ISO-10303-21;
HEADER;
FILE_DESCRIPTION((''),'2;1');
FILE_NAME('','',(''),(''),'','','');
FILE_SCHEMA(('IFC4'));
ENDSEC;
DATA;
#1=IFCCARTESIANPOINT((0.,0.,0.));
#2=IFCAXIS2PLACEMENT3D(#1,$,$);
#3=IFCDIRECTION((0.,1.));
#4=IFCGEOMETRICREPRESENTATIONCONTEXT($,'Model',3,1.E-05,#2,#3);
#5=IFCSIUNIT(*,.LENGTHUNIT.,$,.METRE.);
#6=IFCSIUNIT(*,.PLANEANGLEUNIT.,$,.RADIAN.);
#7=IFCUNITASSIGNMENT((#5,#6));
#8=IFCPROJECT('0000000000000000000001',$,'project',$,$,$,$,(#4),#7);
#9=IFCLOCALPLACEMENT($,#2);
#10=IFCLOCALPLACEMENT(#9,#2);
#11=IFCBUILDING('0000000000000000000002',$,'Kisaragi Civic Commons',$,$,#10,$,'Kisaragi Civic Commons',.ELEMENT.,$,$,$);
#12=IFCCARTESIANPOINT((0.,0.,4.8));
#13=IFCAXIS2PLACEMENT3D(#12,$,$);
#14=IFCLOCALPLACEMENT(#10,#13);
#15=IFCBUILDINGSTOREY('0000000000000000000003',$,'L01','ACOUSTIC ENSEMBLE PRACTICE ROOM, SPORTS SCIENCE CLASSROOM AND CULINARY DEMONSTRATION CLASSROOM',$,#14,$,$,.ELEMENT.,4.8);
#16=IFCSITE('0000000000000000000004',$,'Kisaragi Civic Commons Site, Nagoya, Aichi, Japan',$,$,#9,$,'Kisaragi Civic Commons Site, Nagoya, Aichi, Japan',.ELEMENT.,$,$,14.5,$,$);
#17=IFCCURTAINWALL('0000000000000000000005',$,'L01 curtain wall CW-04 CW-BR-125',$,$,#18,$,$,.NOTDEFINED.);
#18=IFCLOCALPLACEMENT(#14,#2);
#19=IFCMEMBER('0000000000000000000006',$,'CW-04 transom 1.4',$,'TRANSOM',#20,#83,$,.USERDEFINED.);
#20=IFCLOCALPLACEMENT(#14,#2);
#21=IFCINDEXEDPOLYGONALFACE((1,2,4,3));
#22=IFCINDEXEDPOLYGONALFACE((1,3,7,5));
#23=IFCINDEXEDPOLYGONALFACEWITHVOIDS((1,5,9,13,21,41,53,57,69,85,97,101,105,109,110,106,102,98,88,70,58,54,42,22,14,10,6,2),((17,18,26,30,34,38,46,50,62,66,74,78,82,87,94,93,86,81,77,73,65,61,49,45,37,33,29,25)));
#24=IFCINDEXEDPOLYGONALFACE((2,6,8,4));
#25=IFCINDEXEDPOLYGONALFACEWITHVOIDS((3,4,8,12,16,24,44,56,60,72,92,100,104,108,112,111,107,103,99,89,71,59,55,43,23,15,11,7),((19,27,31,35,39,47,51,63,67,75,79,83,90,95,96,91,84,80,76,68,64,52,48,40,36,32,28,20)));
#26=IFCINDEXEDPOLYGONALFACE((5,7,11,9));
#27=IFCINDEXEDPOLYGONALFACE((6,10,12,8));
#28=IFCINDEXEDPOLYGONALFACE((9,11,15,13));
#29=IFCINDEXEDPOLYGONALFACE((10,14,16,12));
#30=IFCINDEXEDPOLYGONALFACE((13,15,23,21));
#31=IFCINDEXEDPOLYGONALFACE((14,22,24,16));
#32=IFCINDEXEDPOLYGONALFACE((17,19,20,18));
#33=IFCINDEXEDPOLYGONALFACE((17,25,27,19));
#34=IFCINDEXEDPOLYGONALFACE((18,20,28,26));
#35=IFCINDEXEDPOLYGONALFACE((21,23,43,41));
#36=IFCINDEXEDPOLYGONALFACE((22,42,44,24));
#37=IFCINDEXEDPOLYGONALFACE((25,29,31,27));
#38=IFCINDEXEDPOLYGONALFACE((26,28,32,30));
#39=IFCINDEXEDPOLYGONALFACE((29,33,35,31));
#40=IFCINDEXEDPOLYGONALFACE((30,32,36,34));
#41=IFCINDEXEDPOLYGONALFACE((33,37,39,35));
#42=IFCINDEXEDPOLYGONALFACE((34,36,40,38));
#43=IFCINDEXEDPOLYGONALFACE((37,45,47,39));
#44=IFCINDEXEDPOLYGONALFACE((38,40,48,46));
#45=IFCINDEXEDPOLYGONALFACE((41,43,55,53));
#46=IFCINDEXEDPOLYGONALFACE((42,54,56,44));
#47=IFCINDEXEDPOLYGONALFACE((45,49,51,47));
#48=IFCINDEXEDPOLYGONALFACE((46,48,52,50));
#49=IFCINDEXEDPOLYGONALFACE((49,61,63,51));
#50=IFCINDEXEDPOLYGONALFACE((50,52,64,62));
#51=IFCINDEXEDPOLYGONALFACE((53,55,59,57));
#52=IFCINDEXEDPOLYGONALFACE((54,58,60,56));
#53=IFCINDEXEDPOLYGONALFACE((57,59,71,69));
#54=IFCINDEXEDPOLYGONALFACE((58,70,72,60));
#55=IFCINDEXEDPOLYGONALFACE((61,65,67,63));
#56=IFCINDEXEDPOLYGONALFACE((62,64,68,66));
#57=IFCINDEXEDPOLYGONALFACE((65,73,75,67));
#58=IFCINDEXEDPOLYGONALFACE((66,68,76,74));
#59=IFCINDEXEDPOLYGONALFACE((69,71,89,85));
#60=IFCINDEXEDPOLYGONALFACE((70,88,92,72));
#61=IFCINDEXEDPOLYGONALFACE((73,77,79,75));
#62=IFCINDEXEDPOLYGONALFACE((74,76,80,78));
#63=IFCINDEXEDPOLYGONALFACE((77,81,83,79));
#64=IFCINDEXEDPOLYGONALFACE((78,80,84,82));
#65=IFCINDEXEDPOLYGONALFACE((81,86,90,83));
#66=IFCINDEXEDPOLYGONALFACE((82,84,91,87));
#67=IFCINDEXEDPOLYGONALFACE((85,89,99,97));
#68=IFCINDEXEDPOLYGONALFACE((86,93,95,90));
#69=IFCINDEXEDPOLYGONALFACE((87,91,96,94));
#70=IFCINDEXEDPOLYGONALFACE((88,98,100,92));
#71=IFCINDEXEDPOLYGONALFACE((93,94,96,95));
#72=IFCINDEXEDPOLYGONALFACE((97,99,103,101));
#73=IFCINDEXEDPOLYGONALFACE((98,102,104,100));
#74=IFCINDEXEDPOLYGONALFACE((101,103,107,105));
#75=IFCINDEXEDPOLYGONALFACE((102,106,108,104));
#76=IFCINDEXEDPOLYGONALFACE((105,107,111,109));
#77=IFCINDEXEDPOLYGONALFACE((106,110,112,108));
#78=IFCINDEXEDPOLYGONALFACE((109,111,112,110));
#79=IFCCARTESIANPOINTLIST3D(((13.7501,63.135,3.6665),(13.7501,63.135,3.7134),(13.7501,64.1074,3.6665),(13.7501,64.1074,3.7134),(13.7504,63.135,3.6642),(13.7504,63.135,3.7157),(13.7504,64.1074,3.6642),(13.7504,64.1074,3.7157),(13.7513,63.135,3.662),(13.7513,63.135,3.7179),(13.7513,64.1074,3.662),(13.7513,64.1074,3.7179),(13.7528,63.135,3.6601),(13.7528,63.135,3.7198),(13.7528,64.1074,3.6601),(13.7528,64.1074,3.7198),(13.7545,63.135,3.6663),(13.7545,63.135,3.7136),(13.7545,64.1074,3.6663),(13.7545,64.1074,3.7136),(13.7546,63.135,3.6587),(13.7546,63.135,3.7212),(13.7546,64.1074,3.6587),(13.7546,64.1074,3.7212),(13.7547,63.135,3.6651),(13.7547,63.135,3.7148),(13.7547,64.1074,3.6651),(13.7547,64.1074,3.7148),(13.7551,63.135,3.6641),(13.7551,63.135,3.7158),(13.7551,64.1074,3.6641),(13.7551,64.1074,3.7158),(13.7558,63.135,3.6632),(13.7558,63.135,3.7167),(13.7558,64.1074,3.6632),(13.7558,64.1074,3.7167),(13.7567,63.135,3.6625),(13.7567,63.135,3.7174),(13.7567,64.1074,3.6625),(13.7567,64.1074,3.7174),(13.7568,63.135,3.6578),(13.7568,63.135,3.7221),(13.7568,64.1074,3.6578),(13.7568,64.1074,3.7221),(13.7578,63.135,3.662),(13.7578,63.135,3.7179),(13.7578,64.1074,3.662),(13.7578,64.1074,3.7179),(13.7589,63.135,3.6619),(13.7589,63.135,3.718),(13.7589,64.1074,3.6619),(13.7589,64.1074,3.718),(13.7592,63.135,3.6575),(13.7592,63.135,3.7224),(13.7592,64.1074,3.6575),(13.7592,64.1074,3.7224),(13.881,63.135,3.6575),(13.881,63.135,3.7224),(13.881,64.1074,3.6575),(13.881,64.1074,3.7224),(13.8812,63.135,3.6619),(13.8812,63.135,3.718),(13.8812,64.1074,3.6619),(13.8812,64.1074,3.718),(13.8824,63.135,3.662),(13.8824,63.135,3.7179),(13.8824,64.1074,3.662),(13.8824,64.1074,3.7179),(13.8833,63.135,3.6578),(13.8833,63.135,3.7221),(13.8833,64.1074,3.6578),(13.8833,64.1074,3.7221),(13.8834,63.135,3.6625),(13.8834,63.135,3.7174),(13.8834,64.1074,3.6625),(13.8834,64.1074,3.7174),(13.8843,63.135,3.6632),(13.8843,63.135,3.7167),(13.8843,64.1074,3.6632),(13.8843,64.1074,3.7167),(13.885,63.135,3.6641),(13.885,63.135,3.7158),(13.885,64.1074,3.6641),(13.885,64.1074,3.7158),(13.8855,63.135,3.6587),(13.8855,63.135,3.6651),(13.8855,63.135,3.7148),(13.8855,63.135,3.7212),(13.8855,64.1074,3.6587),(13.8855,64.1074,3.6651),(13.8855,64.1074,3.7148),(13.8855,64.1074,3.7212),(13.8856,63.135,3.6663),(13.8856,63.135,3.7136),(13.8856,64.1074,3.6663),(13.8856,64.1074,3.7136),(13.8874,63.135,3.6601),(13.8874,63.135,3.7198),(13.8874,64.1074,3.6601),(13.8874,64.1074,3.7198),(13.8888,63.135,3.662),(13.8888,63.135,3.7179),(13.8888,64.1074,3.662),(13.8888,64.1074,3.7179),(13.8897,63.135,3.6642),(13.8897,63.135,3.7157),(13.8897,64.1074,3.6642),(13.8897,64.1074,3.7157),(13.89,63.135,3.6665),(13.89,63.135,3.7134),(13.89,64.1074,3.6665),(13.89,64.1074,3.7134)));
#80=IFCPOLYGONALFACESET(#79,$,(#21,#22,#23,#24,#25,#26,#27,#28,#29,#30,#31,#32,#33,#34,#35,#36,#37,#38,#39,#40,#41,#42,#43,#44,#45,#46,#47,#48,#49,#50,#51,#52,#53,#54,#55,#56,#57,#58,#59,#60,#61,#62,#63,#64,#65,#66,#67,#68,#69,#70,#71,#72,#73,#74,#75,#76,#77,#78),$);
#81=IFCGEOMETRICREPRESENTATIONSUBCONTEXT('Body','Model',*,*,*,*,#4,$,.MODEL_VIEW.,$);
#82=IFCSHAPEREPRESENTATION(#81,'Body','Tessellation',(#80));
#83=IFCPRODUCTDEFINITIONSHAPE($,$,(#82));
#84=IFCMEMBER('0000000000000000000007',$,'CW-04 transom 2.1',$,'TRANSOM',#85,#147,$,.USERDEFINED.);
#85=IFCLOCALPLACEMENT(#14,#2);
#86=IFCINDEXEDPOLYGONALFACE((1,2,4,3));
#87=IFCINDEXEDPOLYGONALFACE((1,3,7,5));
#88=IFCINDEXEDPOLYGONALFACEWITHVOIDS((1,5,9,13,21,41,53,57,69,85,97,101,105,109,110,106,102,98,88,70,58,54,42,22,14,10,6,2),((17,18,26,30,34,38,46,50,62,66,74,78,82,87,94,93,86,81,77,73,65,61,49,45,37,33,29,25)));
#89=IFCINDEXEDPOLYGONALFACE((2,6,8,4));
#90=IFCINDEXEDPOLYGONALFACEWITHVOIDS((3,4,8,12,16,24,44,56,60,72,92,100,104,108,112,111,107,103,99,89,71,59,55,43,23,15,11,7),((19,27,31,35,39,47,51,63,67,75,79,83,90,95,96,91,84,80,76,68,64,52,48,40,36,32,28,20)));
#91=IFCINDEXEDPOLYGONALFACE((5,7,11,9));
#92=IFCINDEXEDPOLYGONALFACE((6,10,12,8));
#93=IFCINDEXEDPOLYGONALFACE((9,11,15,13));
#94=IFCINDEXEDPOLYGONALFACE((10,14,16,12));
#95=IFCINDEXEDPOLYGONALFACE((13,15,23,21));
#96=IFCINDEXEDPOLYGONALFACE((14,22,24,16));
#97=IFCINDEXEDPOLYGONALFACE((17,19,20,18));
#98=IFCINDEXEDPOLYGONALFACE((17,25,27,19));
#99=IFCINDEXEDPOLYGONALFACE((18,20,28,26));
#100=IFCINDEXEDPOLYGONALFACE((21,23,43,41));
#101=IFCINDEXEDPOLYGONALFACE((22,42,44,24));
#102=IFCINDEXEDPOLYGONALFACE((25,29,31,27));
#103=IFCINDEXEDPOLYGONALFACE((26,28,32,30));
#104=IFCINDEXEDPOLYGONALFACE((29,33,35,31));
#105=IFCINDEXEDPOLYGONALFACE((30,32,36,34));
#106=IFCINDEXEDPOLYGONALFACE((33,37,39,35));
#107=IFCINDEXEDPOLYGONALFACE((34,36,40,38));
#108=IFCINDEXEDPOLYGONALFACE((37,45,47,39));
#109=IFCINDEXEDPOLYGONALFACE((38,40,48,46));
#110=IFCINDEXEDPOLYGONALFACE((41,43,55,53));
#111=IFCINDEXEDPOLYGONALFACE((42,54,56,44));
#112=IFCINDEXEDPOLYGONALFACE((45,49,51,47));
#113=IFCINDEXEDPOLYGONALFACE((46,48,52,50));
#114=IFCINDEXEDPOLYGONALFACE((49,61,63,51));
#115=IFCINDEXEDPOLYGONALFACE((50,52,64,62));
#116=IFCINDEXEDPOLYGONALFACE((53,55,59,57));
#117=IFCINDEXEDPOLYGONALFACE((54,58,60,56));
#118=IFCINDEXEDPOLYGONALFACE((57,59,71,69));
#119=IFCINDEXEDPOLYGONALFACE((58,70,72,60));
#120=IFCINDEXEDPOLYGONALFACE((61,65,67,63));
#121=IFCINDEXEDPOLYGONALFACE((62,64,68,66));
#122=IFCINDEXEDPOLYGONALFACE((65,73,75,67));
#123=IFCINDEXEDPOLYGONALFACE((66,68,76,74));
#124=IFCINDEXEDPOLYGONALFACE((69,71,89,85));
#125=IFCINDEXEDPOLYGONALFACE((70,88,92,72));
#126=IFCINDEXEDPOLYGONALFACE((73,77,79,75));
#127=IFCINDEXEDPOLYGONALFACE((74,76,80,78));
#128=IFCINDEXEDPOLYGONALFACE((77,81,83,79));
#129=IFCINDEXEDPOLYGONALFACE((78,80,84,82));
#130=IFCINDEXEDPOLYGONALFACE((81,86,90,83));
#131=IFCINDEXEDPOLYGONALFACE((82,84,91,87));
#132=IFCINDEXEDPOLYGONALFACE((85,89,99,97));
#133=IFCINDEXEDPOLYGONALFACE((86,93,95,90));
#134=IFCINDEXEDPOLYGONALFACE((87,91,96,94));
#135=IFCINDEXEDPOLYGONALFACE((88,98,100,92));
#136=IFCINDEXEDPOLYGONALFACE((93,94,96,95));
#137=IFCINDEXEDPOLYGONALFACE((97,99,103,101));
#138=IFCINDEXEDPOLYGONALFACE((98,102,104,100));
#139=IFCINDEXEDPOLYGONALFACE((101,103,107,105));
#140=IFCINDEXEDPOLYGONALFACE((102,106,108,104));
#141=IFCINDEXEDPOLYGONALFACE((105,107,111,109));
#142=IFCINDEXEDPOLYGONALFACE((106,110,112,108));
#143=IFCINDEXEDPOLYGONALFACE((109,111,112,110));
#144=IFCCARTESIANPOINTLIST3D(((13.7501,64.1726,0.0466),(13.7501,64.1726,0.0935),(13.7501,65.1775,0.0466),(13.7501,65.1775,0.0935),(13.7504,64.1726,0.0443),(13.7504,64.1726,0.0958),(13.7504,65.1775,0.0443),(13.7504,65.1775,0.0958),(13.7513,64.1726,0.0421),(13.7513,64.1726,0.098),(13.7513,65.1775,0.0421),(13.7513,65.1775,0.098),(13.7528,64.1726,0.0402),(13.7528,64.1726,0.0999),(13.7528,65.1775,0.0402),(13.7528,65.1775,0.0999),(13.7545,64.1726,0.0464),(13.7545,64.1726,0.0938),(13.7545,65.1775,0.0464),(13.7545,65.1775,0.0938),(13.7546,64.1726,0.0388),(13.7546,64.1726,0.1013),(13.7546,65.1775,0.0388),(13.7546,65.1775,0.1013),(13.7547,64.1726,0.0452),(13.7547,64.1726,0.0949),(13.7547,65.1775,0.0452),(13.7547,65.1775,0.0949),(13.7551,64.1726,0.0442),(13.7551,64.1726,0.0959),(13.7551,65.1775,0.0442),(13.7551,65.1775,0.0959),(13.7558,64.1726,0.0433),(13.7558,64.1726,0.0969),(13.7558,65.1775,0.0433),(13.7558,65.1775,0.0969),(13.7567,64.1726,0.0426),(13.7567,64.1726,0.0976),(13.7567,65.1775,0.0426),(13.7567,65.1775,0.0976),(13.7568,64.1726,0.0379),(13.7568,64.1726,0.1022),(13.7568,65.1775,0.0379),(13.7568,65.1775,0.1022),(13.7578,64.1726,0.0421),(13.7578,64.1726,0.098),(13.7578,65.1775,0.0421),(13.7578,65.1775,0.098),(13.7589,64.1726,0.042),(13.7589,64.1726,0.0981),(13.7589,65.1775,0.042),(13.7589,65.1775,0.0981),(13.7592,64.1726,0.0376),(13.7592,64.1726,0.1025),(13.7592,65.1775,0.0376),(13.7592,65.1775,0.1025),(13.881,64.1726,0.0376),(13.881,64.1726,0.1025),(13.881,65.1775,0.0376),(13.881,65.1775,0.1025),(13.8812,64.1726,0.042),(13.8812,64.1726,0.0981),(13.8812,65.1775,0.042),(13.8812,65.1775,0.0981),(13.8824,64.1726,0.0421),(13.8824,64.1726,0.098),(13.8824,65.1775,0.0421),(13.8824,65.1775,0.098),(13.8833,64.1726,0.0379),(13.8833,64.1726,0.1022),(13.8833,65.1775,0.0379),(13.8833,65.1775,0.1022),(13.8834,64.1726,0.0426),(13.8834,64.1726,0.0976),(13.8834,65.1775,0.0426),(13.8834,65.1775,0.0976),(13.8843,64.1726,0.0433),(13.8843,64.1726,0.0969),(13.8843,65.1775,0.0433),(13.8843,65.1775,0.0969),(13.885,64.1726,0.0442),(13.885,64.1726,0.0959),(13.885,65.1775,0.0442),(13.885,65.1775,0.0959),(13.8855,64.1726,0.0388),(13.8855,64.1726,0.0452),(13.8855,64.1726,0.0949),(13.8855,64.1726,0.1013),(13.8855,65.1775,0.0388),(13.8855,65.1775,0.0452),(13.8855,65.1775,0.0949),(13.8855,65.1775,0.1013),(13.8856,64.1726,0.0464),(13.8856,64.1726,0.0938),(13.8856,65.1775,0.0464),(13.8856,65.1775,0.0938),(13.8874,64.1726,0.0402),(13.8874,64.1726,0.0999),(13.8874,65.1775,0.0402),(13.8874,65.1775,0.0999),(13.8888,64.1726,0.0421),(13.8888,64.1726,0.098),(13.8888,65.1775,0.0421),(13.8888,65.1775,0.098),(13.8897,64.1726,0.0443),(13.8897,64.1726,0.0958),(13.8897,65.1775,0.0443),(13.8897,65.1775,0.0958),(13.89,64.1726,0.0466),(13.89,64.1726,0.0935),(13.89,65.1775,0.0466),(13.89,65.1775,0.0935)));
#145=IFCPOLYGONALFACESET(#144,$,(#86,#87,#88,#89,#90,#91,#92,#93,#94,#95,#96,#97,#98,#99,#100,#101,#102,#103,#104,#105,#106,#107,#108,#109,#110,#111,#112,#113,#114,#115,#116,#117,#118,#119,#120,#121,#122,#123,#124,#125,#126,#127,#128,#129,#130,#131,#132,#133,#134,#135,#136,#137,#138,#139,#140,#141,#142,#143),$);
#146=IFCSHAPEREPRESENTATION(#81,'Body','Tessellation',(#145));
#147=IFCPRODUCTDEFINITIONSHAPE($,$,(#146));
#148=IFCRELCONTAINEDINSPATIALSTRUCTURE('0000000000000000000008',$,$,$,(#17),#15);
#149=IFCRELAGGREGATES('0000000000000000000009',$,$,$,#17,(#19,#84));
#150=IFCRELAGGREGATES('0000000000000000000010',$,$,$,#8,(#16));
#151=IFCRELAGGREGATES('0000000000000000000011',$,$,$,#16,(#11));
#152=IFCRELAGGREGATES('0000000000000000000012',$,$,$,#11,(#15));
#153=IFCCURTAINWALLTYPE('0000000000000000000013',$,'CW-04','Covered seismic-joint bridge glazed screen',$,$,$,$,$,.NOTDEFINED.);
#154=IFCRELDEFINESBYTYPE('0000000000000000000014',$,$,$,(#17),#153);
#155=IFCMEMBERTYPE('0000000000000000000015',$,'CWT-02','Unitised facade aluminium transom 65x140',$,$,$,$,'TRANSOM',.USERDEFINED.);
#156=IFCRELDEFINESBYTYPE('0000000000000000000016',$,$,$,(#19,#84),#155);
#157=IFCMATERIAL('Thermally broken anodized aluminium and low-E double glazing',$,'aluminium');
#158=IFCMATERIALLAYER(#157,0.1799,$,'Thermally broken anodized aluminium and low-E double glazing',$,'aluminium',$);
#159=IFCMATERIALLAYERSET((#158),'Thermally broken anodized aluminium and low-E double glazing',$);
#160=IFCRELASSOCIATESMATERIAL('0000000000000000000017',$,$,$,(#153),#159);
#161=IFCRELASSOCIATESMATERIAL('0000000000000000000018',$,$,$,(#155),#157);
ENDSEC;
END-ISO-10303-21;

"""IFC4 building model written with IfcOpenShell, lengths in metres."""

from ifc_helpers import new_model, si_unit, direction, frame, origin, origin_2d, place, context, subcontext, project, spatial, hollow_rectangle, extrude, material, layer, layer_set, material_profile, profile_set, type_object, element, aggregate, save


model = new_model("IFC4")

# Units and contexts
model_context = context("Model", 3, precision=1e-05, world=origin(), true_north=direction((0.0, 1.0)))
body_context = subcontext(model_context, "Body", "Model", "MODEL_VIEW")
ifc_project = project(units=[si_unit("LENGTHUNIT", "METRE"), si_unit("PLANEANGLEUNIT", "RADIAN")], contexts=[model_context])

# Site, building, storey
site_placement = place(None, origin())
site = spatial("IfcSite", under=ifc_project, at=site_placement, Name="Kisaragi Civic Commons Site, Nagoya, Aichi, Japan", LongName="Kisaragi Civic Commons Site, Nagoya, Aichi, Japan", CompositionType="ELEMENT", RefElevation=14.5)
building_placement = place(site_placement, origin())
building = spatial("IfcBuilding", under=site, at=building_placement, Name="Kisaragi Civic Commons", LongName="Kisaragi Civic Commons", CompositionType="ELEMENT")
storey_placement = place(building_placement, frame((0.0, 0.0, 4.8)))
storey = spatial("IfcBuildingStorey", under=building, at=storey_placement, Name="L01", Description="ACOUSTIC ENSEMBLE PRACTICE ROOM, SPORTS SCIENCE CLASSROOM AND CULINARY DEMONSTRATION CLASSROOM", CompositionType="ELEMENT", Elevation=4.8)

# Curtain wall, members
ifc_material_1 = material(Name="Thermally broken anodized aluminium and low-E double glazing", Category="aluminium")
ifc_layer_1 = layer(ifc_material_1, 0.1799, Name="Thermally broken anodized aluminium and low-E double glazing", Category="aluminium")
ifc_layer_set_1 = layer_set([ifc_layer_1], Name="Thermally broken anodized aluminium and low-E double glazing")
curtain_wall_type = type_object("IfcCurtainWallType", Name="CW-04", Description="Covered seismic-joint bridge glazed screen", PredefinedType="NOTDEFINED", material=ifc_layer_set_1)
curtain_wall_placement = place(storey_placement, origin())
curtain_wall = element("IfcCurtainWall", 1, at=curtain_wall_placement, inside=storey, type_object=curtain_wall_type, Name="L01 curtain wall CW-04 CW-BR-125", PredefinedType="NOTDEFINED")
ifc_material_profile_1 = material_profile(ifc_material_1, hollow_rectangle(XDim=0.1399, YDim=0.0649, WallThickness=0.0044, InnerFilletRadius=0.0044, OuterFilletRadius=0.009, at=origin_2d()), Name="CWT-65x140x4.5", Category="aluminium")
ifc_profile_set_1 = profile_set([ifc_material_profile_1], Name="Thermally broken anodized aluminium and low-E double glazing")
member_type_1 = type_object("IfcMemberType", Name="CWT-02", Description="Unitised facade aluminium transom 65x140", ElementType="TRANSOM", PredefinedType="USERDEFINED", material=ifc_profile_set_1)
member_1_placement = place(storey_placement, frame((13.8201, 63.135, 3.6899), z_axis=(0.0, 1.0, 0.0), x_axis=(-1.0, 0.0, 0.0)))
member_1 = element("IfcMember", 2, at=member_1_placement, type_object=member_type_1, Name="CW-04 transom 1.4", ObjectType="TRANSOM", PredefinedType="USERDEFINED", context=body_context, shape_type="SweptSolid", body=[
    extrude(hollow_rectangle(XDim=0.1399, YDim=0.0649, WallThickness=0.0044, InnerFilletRadius=0.0044, OuterFilletRadius=0.009, at=origin_2d()), origin(), (0.0, 0.0, 1.0), 0.9724),
])
member_2_placement = place(storey_placement, frame((13.8201, 64.1726, 0.0701), z_axis=(0.0, 1.0, 0.0), x_axis=(-1.0, 0.0, 0.0)))
member_2 = element("IfcMember", 3, at=member_2_placement, type_object=member_type_1, Name="CW-04 transom 2.1", ObjectType="TRANSOM", PredefinedType="USERDEFINED", context=body_context, shape_type="SweptSolid", body=[
    extrude(hollow_rectangle(XDim=0.1399, YDim=0.0649, WallThickness=0.0044, InnerFilletRadius=0.0044, OuterFilletRadius=0.009, at=origin_2d()), origin(), (0.0, 0.0, 1.0), 1.0049),
])
aggregate(curtain_wall, [member_1, member_2])

save(model, "model.ifc")
